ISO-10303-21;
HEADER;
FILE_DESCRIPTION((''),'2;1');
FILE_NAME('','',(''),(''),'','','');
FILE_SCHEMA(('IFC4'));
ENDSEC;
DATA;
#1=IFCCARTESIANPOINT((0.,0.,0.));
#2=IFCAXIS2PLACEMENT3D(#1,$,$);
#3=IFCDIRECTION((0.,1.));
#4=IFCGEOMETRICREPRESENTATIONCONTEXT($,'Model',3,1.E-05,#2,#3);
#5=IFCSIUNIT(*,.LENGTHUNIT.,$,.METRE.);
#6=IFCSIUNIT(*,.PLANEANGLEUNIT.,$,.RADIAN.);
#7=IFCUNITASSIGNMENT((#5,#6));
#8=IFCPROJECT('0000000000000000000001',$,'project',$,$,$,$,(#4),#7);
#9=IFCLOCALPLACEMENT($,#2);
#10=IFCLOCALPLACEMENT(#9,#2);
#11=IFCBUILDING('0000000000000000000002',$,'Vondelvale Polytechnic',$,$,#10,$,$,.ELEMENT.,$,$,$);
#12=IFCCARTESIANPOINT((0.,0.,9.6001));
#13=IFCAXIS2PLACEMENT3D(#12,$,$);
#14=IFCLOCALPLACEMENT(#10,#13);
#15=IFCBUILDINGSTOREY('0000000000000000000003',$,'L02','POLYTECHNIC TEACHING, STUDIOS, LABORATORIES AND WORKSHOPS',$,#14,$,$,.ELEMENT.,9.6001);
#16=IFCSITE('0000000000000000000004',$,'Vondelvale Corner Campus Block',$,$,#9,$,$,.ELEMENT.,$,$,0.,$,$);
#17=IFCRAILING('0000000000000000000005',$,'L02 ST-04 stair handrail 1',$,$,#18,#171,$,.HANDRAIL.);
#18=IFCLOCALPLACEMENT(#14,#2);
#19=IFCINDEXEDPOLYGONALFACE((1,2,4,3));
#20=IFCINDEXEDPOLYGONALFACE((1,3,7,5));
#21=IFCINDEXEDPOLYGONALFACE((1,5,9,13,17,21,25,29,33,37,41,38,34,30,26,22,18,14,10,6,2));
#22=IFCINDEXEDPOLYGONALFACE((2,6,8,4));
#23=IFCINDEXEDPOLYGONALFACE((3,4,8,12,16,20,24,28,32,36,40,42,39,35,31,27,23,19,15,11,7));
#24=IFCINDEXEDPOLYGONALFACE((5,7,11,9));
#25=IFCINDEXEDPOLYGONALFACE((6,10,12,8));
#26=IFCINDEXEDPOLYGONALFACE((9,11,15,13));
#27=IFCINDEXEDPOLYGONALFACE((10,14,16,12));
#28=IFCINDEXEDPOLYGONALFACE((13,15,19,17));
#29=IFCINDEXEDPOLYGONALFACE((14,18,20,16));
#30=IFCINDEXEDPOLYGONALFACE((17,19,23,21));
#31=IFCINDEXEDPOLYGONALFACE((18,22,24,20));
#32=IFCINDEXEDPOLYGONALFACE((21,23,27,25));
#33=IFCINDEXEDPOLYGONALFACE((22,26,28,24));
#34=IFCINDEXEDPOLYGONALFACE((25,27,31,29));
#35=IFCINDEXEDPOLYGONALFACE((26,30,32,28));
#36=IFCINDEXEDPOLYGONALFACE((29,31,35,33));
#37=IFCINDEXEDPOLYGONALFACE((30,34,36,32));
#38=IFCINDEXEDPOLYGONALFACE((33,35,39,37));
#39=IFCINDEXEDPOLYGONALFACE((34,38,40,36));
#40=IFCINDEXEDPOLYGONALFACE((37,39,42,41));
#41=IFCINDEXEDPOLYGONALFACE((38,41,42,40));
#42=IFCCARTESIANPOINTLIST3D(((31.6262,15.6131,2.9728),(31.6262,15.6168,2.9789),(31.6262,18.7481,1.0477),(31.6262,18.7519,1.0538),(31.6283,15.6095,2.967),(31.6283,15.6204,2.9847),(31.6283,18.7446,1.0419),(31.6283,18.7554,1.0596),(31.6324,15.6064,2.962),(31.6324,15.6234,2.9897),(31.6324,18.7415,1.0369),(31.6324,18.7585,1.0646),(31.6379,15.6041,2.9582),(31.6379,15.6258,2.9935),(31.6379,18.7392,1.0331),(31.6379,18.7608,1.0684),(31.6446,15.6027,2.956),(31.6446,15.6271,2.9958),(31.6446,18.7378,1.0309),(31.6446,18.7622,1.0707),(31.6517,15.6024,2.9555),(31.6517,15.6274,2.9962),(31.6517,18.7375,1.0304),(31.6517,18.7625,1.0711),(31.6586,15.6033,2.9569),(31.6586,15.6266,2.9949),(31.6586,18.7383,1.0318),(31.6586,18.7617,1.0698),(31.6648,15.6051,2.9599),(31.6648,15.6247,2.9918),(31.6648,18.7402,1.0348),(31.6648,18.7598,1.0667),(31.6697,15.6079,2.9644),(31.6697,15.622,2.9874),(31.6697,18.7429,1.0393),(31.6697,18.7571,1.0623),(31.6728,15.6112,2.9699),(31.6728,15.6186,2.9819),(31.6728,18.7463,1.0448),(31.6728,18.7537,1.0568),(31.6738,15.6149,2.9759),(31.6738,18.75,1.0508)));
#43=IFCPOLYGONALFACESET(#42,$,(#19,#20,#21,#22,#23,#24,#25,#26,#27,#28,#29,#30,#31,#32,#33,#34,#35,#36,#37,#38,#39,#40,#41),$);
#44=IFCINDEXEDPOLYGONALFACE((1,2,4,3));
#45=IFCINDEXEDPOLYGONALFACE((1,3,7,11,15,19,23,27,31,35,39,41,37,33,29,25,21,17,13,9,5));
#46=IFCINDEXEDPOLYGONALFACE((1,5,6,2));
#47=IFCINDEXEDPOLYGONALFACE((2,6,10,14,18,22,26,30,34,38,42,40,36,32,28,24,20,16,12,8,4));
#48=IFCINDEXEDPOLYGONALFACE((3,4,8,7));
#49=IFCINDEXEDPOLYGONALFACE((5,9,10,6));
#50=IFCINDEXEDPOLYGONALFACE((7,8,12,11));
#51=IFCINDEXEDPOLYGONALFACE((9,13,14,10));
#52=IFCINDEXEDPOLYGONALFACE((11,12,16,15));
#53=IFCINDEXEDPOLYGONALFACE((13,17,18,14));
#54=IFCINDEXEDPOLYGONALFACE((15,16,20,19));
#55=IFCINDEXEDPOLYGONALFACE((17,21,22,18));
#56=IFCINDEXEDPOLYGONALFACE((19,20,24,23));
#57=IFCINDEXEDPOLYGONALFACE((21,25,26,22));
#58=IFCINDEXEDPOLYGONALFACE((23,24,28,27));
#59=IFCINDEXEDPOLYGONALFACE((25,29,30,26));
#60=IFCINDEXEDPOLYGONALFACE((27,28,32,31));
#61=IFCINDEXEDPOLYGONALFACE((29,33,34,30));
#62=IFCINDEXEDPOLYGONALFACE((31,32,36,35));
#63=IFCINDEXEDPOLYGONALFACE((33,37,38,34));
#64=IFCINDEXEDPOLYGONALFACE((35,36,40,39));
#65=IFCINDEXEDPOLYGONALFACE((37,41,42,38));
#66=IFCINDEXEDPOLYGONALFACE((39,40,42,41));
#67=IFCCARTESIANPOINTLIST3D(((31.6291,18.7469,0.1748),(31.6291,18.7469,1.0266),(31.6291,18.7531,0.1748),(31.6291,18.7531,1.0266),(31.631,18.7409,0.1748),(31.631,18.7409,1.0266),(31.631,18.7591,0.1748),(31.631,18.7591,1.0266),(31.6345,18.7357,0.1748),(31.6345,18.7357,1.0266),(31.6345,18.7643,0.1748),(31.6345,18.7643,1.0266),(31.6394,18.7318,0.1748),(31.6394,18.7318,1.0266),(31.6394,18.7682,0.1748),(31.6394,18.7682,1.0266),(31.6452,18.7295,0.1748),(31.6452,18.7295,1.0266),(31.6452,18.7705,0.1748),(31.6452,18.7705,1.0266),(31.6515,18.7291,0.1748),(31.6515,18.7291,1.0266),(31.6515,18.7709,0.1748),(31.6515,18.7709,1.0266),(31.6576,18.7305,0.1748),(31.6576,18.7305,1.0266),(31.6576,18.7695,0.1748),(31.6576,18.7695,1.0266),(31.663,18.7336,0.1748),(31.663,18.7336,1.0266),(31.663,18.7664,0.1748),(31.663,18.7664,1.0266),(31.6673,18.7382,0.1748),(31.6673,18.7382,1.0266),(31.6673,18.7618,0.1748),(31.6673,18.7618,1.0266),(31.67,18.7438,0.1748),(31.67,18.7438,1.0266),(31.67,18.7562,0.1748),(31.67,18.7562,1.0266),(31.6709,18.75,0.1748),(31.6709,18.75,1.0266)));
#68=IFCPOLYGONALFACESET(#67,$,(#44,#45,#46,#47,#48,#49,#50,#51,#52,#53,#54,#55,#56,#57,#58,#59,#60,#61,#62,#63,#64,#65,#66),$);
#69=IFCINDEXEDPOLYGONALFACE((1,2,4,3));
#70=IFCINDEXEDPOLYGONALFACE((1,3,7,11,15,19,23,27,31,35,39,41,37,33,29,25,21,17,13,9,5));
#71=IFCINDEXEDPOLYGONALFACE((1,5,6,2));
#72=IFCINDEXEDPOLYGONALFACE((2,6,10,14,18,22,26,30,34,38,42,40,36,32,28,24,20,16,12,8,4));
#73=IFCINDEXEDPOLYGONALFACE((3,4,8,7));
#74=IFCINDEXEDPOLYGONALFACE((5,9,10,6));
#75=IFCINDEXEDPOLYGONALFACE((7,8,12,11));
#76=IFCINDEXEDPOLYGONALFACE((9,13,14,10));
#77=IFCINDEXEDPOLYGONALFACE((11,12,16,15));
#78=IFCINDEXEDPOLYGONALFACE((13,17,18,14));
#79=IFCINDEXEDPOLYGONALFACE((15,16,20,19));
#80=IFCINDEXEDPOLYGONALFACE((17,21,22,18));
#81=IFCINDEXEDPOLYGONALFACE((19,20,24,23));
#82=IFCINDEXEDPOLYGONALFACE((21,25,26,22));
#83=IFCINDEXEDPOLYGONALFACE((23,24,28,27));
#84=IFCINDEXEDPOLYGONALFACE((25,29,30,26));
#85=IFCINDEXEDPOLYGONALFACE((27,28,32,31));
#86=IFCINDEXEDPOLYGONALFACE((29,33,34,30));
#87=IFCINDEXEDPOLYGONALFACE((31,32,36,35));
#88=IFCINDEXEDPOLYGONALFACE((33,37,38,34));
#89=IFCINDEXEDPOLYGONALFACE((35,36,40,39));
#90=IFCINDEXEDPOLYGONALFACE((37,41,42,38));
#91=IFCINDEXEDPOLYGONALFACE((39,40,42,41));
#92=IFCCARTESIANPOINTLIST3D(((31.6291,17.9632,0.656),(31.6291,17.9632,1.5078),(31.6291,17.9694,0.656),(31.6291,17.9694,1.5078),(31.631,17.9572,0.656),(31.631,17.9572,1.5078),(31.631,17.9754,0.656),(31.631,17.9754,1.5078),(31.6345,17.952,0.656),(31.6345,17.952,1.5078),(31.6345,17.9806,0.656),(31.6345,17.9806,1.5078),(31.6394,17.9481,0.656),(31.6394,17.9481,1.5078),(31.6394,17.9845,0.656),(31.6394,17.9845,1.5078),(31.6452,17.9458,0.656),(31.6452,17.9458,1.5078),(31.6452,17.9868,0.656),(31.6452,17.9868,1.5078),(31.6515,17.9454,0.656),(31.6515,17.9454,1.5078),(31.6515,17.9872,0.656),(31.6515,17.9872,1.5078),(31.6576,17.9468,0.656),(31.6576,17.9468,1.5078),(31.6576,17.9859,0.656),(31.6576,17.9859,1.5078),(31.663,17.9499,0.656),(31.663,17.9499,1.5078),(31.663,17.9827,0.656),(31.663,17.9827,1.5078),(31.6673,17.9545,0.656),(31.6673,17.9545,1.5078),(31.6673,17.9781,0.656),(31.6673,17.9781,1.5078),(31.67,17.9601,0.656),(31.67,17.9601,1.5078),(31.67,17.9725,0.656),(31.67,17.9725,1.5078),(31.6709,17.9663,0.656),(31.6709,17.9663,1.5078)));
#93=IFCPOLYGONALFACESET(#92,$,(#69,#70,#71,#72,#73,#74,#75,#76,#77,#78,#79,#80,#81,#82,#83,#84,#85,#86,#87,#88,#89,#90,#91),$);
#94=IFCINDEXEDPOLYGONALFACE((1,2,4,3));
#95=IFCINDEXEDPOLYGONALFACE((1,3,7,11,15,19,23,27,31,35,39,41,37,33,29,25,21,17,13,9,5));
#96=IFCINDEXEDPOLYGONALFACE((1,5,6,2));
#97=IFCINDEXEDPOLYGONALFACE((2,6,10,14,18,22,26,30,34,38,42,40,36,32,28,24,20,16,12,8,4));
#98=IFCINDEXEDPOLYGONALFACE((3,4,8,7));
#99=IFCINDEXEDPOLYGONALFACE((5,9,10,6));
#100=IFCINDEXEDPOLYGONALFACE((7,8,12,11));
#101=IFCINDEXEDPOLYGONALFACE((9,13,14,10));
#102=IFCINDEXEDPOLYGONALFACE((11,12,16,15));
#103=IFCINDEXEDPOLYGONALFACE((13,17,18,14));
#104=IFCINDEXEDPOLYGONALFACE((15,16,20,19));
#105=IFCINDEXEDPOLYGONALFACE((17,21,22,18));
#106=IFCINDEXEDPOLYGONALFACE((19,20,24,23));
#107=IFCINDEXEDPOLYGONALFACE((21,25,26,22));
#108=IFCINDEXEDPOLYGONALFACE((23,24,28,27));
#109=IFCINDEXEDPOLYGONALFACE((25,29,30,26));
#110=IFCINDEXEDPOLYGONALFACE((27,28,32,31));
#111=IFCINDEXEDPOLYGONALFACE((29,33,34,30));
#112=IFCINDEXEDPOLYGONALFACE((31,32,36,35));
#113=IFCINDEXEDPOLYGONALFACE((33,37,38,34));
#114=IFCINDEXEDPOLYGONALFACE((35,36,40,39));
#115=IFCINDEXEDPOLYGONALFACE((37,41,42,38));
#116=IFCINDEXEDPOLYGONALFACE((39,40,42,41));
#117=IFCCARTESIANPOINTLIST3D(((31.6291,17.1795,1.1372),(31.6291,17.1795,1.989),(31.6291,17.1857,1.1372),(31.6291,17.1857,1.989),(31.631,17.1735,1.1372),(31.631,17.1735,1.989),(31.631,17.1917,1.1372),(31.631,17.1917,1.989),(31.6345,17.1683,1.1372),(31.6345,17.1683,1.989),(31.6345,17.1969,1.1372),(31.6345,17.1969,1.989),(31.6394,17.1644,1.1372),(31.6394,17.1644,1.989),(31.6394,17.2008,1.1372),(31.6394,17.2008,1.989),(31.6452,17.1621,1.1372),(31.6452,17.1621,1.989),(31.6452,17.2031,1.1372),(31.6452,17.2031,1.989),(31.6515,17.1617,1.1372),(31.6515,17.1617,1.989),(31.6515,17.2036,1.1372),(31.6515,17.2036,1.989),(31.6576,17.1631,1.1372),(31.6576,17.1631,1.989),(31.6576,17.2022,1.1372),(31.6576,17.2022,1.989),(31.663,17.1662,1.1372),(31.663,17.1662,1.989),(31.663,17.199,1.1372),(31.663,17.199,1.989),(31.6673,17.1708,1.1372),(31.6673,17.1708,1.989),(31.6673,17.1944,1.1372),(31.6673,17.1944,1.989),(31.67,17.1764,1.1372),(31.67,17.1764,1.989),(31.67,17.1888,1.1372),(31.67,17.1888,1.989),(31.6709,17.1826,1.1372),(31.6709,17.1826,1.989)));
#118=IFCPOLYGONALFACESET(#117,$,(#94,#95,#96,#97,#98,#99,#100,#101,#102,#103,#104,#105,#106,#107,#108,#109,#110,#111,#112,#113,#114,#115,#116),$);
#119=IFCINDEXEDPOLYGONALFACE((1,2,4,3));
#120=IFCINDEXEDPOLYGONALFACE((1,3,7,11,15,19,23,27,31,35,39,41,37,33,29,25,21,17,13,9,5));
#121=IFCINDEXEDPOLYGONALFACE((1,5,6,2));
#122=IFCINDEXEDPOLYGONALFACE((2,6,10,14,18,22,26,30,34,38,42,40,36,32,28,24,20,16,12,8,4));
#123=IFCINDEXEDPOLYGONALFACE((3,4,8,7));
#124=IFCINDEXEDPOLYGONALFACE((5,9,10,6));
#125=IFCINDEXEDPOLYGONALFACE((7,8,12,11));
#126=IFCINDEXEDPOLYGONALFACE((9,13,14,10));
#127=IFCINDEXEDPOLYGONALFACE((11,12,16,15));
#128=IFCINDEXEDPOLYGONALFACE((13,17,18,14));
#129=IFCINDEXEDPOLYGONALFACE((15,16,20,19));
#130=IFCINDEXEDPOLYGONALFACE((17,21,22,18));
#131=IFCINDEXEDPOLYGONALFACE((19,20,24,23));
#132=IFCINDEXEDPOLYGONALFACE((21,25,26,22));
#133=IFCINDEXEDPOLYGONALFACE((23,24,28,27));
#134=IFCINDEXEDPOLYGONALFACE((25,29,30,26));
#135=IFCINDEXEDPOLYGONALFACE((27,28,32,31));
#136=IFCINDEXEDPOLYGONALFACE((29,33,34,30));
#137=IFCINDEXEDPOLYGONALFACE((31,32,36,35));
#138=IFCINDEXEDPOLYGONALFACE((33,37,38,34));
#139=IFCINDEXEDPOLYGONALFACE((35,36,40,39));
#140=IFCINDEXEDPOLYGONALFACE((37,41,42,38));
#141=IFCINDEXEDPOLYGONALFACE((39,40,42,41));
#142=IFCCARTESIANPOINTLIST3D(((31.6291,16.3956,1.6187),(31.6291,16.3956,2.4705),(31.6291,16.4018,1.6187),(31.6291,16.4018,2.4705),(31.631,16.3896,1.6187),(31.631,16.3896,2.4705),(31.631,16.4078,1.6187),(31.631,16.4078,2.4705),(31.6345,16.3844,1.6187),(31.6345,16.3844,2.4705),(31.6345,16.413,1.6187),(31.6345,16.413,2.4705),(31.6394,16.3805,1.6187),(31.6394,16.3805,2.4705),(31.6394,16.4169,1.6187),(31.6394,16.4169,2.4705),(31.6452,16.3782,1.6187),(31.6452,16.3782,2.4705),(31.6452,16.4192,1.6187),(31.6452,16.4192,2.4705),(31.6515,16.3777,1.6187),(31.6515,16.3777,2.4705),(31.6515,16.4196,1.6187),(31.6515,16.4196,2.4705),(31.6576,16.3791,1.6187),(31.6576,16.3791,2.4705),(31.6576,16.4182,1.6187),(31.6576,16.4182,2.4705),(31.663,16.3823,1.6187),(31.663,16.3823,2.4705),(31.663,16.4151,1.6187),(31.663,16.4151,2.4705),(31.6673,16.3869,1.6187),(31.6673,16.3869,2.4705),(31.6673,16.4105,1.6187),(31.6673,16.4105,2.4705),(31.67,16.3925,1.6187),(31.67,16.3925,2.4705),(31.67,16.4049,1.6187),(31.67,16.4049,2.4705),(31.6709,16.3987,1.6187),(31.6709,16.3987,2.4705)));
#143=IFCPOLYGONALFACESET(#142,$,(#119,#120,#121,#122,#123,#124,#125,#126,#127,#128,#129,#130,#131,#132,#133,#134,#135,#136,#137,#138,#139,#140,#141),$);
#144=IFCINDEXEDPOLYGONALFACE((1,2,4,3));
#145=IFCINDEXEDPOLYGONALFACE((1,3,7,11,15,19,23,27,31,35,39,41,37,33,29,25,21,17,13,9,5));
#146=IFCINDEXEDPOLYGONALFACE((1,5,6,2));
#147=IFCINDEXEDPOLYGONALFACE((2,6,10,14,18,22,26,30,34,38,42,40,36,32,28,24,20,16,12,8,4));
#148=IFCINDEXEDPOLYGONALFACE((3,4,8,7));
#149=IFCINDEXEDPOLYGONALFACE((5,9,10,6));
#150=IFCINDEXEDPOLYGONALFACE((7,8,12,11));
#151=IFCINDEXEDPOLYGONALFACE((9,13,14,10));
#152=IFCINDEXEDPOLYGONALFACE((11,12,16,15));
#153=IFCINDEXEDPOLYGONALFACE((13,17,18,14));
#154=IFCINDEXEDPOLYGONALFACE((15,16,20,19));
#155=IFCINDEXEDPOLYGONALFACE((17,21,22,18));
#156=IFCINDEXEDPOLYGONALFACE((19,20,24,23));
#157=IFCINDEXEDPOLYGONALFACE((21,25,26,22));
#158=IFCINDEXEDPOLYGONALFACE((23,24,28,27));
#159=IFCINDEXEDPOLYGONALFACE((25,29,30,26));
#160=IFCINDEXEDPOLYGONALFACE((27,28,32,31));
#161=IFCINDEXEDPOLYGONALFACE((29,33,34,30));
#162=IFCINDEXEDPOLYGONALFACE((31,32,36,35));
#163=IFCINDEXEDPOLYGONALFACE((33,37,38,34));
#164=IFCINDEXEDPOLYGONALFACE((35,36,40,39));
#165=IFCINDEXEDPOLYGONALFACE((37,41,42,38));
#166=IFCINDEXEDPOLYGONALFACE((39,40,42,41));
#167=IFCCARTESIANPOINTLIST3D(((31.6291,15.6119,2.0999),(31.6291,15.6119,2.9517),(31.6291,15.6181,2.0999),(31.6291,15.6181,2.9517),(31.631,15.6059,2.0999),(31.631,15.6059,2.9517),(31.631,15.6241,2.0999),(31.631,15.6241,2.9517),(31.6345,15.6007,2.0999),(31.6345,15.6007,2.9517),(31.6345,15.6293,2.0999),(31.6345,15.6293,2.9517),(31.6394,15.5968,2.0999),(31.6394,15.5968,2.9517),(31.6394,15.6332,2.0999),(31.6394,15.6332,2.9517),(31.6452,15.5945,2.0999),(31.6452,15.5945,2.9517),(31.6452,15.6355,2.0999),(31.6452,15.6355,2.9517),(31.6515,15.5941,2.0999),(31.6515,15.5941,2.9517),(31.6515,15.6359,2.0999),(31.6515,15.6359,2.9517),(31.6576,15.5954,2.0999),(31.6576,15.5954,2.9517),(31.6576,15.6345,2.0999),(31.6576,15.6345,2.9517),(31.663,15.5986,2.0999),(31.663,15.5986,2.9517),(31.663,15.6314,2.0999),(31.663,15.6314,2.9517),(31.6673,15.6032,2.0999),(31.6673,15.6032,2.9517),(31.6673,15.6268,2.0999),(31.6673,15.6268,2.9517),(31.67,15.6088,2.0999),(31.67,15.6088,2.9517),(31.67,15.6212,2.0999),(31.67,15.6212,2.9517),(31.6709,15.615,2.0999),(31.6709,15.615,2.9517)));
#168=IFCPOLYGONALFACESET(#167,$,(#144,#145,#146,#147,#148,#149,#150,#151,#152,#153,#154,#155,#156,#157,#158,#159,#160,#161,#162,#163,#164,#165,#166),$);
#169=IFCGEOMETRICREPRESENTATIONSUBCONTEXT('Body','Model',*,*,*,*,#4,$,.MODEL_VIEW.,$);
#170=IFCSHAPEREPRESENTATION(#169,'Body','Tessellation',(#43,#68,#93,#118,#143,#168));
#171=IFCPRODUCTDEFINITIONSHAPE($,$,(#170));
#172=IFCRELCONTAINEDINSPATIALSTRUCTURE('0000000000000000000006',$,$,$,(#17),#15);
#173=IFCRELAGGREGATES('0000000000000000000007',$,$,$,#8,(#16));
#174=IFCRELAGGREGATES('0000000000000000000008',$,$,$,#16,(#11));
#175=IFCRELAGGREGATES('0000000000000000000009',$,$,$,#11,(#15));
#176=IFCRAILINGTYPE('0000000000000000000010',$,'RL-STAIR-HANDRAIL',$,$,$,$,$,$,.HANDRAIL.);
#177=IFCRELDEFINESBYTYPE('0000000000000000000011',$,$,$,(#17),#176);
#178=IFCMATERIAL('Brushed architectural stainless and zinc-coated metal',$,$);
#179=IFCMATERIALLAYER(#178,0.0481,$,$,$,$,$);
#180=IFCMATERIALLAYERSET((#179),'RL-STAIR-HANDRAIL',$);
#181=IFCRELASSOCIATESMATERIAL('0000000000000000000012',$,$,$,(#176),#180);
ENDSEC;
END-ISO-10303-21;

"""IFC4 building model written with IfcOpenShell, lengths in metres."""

from ifc_helpers import new_model, si_unit, direction, frame, origin, origin_2d, place, context, subcontext, project, spatial, circle, extrude, material, layer, layer_set, type_object, element, save


model = new_model("IFC4")

# Units and contexts
model_context = context("Model", 3, precision=1e-05, world=origin(), true_north=direction((0.0, 1.0)))
body_context = subcontext(model_context, "Body", "Model", "MODEL_VIEW")
ifc_project = project(units=[si_unit("LENGTHUNIT", "METRE"), si_unit("PLANEANGLEUNIT", "RADIAN")], contexts=[model_context])

# Site, building, storey
site_placement = place(None, origin())
site = spatial("IfcSite", under=ifc_project, at=site_placement, Name="Vondelvale Corner Campus Block", CompositionType="ELEMENT", RefElevation=0.0)
building_placement = place(site_placement, origin())
building = spatial("IfcBuilding", under=site, at=building_placement, Name="Vondelvale Polytechnic", CompositionType="ELEMENT")
storey_placement = place(building_placement, frame((0.0, 0.0, 9.6001)))
storey = spatial("IfcBuildingStorey", under=building, at=storey_placement, Name="L02", Description="POLYTECHNIC TEACHING, STUDIOS, LABORATORIES AND WORKSHOPS", CompositionType="ELEMENT", Elevation=9.6001)

# Shared definitions
ifc_material_1 = material(Name="Brushed architectural stainless and zinc-coated metal")

# Railing
ifc_layer_1 = layer(ifc_material_1, 0.0481)
ifc_layer_set_1 = layer_set([ifc_layer_1], Name="RL-STAIR-HANDRAIL")
railing_type_1 = type_object("IfcRailingType", Name="RL-STAIR-HANDRAIL", PredefinedType="HANDRAIL", material=ifc_layer_set_1)
railing_1_placement = place(storey_placement, frame((31.6499, 18.75, 0.1748)))
element("IfcRailing", 1, at=railing_1_placement, inside=storey, type_object=railing_type_1, Name="L02 ST-04 stair handrail 1", PredefinedType="HANDRAIL", context=body_context, shape_type="SweptSolid", body=[
    extrude(circle(Radius=0.0239, at=origin_2d()), frame((0.0, 0.0, 0.876), z_axis=(0.0, -0.852166, 0.523271), x_axis=(1.0, 0.0, 0.0)), (0.0, 0.0, 1.0), 3.679),
    extrude(circle(Radius=0.021, at=origin_2d()), origin(), (0.0, 0.0, 1.0), 0.8518),
    extrude(circle(Radius=0.021, at=origin_2d()), frame((0.0, -0.7837, 0.4812)), (0.0, 0.0, 1.0), 0.8518),
    extrude(circle(Radius=0.021, at=origin_2d()), frame((0.0, -1.5674, 0.9624)), (0.0, 0.0, 1.0), 0.8518),
    extrude(circle(Radius=0.021, at=origin_2d()), frame((0.0, -2.3513, 1.4438)), (0.0, 0.0, 1.0), 0.8518),
    extrude(circle(Radius=0.021, at=origin_2d()), frame((0.0, -3.135, 1.925)), (0.0, 0.0, 1.0), 0.8518),
])

save(model, "model.ifc")
